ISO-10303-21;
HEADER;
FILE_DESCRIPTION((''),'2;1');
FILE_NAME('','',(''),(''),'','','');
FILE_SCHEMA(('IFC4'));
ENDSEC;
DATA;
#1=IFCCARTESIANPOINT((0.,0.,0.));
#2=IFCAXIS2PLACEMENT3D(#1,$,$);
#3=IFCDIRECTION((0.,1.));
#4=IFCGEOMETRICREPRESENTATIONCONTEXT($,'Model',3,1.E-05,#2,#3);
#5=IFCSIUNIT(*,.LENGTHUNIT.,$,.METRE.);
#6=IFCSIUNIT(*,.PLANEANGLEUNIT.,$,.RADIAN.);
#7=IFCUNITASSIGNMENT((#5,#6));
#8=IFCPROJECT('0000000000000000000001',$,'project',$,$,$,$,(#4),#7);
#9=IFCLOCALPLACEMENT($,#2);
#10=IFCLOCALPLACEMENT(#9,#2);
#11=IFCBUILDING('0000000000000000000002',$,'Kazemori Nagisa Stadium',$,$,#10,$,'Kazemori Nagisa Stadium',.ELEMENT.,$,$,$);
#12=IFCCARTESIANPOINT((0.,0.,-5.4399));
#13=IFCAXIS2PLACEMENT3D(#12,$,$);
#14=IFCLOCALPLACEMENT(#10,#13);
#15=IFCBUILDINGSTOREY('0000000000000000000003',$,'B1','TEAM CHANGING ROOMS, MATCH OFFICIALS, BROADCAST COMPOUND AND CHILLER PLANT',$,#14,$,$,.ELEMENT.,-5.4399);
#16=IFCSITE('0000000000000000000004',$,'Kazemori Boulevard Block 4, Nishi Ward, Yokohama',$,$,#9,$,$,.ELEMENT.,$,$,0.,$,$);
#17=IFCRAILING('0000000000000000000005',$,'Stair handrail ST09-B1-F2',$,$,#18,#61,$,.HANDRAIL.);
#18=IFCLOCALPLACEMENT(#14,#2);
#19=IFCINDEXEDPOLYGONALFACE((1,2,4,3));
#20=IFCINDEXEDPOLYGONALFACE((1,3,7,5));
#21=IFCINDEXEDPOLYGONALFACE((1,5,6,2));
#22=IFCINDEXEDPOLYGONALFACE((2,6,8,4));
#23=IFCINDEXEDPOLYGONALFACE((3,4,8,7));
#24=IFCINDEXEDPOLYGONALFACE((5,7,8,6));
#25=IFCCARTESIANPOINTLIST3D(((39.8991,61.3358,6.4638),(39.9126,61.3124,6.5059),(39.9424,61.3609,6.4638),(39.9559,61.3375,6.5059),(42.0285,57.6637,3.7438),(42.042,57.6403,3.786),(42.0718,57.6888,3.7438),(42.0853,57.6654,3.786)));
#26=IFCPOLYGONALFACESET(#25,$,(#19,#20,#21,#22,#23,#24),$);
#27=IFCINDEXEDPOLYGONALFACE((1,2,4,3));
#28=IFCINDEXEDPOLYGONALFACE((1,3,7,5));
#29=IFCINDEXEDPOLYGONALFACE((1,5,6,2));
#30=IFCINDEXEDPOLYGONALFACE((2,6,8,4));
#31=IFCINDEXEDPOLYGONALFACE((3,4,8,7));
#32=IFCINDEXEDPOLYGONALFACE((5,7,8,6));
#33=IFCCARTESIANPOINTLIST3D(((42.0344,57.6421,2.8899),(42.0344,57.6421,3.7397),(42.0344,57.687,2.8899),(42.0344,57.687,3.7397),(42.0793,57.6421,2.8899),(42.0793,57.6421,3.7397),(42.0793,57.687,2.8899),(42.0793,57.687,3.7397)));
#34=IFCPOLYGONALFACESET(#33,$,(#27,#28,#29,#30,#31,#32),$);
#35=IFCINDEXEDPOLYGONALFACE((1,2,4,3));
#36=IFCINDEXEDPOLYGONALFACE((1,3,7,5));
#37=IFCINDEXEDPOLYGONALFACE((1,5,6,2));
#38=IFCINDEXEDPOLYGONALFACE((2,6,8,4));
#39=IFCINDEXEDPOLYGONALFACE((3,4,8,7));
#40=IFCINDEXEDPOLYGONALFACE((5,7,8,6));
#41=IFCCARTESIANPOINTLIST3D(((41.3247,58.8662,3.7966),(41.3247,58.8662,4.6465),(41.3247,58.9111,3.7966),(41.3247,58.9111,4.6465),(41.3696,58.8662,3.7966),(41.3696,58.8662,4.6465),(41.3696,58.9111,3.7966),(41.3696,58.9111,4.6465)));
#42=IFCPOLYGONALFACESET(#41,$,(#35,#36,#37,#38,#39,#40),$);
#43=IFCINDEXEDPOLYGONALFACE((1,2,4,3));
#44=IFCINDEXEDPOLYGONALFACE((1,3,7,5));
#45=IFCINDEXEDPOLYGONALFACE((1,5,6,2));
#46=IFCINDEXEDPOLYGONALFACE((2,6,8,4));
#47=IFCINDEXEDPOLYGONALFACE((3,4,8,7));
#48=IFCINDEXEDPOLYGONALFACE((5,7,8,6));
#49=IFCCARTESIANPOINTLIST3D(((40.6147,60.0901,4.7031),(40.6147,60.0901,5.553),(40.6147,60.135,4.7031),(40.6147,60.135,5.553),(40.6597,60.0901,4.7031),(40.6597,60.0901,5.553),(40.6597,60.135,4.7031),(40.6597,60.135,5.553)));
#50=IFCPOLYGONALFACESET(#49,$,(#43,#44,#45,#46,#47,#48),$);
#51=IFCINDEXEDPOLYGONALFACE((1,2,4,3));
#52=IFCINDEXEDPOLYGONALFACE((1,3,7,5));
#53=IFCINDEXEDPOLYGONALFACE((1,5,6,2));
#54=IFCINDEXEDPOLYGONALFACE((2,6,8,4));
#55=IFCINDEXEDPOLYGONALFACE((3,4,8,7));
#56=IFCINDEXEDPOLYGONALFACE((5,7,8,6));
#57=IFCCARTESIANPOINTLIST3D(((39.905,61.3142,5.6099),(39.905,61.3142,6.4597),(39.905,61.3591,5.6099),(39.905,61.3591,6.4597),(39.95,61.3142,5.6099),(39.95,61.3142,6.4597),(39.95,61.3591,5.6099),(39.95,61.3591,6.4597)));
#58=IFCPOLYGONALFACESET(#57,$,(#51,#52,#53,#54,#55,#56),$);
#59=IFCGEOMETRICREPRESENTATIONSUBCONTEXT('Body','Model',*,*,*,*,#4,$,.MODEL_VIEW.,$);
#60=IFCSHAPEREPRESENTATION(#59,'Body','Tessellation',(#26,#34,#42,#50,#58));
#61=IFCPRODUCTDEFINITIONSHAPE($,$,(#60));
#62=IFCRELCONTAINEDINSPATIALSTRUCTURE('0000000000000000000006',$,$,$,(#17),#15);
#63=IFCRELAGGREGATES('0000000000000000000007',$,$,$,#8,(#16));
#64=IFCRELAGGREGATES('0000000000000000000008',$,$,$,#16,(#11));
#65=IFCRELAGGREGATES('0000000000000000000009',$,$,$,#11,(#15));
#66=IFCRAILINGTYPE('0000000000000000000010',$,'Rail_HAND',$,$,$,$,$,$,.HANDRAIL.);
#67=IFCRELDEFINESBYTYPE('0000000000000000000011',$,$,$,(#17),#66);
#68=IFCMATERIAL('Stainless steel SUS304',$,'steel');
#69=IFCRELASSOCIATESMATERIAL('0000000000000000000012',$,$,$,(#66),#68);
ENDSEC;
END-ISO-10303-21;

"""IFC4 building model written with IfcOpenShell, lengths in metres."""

from ifc_helpers import new_model, si_unit, direction, frame, origin, origin_2d, place, context, subcontext, project, spatial, rectangle, extrude, material, type_object, element, save


model = new_model("IFC4")

# Units and contexts
model_context = context("Model", 3, precision=1e-05, world=origin(), true_north=direction((0.0, 1.0)))
body_context = subcontext(model_context, "Body", "Model", "MODEL_VIEW")
ifc_project = project(units=[si_unit("LENGTHUNIT", "METRE"), si_unit("PLANEANGLEUNIT", "RADIAN")], contexts=[model_context])

# Site, building, storey
site_placement = place(None, origin())
site = spatial("IfcSite", under=ifc_project, at=site_placement, Name="Kazemori Boulevard Block 4, Nishi Ward, Yokohama", CompositionType="ELEMENT", RefElevation=0.0)
building_placement = place(site_placement, origin())
building = spatial("IfcBuilding", under=site, at=building_placement, Name="Kazemori Nagisa Stadium", LongName="Kazemori Nagisa Stadium", CompositionType="ELEMENT")
storey_placement = place(building_placement, frame((0.0, 0.0, -5.4399)))
storey = spatial("IfcBuildingStorey", under=building, at=storey_placement, Name="B1", Description="TEAM CHANGING ROOMS, MATCH OFFICIALS, BROADCAST COMPOUND AND CHILLER PLANT", CompositionType="ELEMENT", Elevation=-5.4399)

# Shared definitions
ifc_material_1 = material(Name="Stainless steel SUS304", Category="steel")

# Railing
railing_type_1 = type_object("IfcRailingType", Name="Rail_HAND", PredefinedType="HANDRAIL", material=ifc_material_1)
railing_1_placement = place(storey_placement, frame((42.0569, 57.6646, 2.8899)))
element("IfcRailing", 1, at=railing_1_placement, inside=storey, type_object=railing_type_1, Name="Stair handrail ST09-B1-F2", PredefinedType="HANDRAIL", context=body_context, shape_type="SweptSolid", body=[
    extrude(rectangle(XDim=0.05, YDim=0.05, at=origin_2d()), frame((0.0, 0.0, 0.875), z_axis=(-0.422371, 0.728374, 0.539513), x_axis=(-0.865076, -0.501641, 0.0)), (0.0, 0.0, 1.0), 5.0415),
    extrude(rectangle(XDim=0.0449, YDim=0.0449, at=origin_2d()), origin(), (0.0, 0.0, 1.0), 0.8499),
    extrude(rectangle(XDim=0.0449, YDim=0.0449, at=origin_2d()), frame((-0.7097, 1.2241, 0.9067)), (0.0, 0.0, 1.0), 0.8499),
    extrude(rectangle(XDim=0.0449, YDim=0.0449, at=origin_2d()), frame((-1.4197, 2.448, 1.8132)), (0.0, 0.0, 1.0), 0.8499),
    extrude(rectangle(XDim=0.0449, YDim=0.0449, at=origin_2d()), frame((-2.1294, 3.6721, 2.72)), (0.0, 0.0, 1.0), 0.8499),
])

save(model, "model.ifc")
